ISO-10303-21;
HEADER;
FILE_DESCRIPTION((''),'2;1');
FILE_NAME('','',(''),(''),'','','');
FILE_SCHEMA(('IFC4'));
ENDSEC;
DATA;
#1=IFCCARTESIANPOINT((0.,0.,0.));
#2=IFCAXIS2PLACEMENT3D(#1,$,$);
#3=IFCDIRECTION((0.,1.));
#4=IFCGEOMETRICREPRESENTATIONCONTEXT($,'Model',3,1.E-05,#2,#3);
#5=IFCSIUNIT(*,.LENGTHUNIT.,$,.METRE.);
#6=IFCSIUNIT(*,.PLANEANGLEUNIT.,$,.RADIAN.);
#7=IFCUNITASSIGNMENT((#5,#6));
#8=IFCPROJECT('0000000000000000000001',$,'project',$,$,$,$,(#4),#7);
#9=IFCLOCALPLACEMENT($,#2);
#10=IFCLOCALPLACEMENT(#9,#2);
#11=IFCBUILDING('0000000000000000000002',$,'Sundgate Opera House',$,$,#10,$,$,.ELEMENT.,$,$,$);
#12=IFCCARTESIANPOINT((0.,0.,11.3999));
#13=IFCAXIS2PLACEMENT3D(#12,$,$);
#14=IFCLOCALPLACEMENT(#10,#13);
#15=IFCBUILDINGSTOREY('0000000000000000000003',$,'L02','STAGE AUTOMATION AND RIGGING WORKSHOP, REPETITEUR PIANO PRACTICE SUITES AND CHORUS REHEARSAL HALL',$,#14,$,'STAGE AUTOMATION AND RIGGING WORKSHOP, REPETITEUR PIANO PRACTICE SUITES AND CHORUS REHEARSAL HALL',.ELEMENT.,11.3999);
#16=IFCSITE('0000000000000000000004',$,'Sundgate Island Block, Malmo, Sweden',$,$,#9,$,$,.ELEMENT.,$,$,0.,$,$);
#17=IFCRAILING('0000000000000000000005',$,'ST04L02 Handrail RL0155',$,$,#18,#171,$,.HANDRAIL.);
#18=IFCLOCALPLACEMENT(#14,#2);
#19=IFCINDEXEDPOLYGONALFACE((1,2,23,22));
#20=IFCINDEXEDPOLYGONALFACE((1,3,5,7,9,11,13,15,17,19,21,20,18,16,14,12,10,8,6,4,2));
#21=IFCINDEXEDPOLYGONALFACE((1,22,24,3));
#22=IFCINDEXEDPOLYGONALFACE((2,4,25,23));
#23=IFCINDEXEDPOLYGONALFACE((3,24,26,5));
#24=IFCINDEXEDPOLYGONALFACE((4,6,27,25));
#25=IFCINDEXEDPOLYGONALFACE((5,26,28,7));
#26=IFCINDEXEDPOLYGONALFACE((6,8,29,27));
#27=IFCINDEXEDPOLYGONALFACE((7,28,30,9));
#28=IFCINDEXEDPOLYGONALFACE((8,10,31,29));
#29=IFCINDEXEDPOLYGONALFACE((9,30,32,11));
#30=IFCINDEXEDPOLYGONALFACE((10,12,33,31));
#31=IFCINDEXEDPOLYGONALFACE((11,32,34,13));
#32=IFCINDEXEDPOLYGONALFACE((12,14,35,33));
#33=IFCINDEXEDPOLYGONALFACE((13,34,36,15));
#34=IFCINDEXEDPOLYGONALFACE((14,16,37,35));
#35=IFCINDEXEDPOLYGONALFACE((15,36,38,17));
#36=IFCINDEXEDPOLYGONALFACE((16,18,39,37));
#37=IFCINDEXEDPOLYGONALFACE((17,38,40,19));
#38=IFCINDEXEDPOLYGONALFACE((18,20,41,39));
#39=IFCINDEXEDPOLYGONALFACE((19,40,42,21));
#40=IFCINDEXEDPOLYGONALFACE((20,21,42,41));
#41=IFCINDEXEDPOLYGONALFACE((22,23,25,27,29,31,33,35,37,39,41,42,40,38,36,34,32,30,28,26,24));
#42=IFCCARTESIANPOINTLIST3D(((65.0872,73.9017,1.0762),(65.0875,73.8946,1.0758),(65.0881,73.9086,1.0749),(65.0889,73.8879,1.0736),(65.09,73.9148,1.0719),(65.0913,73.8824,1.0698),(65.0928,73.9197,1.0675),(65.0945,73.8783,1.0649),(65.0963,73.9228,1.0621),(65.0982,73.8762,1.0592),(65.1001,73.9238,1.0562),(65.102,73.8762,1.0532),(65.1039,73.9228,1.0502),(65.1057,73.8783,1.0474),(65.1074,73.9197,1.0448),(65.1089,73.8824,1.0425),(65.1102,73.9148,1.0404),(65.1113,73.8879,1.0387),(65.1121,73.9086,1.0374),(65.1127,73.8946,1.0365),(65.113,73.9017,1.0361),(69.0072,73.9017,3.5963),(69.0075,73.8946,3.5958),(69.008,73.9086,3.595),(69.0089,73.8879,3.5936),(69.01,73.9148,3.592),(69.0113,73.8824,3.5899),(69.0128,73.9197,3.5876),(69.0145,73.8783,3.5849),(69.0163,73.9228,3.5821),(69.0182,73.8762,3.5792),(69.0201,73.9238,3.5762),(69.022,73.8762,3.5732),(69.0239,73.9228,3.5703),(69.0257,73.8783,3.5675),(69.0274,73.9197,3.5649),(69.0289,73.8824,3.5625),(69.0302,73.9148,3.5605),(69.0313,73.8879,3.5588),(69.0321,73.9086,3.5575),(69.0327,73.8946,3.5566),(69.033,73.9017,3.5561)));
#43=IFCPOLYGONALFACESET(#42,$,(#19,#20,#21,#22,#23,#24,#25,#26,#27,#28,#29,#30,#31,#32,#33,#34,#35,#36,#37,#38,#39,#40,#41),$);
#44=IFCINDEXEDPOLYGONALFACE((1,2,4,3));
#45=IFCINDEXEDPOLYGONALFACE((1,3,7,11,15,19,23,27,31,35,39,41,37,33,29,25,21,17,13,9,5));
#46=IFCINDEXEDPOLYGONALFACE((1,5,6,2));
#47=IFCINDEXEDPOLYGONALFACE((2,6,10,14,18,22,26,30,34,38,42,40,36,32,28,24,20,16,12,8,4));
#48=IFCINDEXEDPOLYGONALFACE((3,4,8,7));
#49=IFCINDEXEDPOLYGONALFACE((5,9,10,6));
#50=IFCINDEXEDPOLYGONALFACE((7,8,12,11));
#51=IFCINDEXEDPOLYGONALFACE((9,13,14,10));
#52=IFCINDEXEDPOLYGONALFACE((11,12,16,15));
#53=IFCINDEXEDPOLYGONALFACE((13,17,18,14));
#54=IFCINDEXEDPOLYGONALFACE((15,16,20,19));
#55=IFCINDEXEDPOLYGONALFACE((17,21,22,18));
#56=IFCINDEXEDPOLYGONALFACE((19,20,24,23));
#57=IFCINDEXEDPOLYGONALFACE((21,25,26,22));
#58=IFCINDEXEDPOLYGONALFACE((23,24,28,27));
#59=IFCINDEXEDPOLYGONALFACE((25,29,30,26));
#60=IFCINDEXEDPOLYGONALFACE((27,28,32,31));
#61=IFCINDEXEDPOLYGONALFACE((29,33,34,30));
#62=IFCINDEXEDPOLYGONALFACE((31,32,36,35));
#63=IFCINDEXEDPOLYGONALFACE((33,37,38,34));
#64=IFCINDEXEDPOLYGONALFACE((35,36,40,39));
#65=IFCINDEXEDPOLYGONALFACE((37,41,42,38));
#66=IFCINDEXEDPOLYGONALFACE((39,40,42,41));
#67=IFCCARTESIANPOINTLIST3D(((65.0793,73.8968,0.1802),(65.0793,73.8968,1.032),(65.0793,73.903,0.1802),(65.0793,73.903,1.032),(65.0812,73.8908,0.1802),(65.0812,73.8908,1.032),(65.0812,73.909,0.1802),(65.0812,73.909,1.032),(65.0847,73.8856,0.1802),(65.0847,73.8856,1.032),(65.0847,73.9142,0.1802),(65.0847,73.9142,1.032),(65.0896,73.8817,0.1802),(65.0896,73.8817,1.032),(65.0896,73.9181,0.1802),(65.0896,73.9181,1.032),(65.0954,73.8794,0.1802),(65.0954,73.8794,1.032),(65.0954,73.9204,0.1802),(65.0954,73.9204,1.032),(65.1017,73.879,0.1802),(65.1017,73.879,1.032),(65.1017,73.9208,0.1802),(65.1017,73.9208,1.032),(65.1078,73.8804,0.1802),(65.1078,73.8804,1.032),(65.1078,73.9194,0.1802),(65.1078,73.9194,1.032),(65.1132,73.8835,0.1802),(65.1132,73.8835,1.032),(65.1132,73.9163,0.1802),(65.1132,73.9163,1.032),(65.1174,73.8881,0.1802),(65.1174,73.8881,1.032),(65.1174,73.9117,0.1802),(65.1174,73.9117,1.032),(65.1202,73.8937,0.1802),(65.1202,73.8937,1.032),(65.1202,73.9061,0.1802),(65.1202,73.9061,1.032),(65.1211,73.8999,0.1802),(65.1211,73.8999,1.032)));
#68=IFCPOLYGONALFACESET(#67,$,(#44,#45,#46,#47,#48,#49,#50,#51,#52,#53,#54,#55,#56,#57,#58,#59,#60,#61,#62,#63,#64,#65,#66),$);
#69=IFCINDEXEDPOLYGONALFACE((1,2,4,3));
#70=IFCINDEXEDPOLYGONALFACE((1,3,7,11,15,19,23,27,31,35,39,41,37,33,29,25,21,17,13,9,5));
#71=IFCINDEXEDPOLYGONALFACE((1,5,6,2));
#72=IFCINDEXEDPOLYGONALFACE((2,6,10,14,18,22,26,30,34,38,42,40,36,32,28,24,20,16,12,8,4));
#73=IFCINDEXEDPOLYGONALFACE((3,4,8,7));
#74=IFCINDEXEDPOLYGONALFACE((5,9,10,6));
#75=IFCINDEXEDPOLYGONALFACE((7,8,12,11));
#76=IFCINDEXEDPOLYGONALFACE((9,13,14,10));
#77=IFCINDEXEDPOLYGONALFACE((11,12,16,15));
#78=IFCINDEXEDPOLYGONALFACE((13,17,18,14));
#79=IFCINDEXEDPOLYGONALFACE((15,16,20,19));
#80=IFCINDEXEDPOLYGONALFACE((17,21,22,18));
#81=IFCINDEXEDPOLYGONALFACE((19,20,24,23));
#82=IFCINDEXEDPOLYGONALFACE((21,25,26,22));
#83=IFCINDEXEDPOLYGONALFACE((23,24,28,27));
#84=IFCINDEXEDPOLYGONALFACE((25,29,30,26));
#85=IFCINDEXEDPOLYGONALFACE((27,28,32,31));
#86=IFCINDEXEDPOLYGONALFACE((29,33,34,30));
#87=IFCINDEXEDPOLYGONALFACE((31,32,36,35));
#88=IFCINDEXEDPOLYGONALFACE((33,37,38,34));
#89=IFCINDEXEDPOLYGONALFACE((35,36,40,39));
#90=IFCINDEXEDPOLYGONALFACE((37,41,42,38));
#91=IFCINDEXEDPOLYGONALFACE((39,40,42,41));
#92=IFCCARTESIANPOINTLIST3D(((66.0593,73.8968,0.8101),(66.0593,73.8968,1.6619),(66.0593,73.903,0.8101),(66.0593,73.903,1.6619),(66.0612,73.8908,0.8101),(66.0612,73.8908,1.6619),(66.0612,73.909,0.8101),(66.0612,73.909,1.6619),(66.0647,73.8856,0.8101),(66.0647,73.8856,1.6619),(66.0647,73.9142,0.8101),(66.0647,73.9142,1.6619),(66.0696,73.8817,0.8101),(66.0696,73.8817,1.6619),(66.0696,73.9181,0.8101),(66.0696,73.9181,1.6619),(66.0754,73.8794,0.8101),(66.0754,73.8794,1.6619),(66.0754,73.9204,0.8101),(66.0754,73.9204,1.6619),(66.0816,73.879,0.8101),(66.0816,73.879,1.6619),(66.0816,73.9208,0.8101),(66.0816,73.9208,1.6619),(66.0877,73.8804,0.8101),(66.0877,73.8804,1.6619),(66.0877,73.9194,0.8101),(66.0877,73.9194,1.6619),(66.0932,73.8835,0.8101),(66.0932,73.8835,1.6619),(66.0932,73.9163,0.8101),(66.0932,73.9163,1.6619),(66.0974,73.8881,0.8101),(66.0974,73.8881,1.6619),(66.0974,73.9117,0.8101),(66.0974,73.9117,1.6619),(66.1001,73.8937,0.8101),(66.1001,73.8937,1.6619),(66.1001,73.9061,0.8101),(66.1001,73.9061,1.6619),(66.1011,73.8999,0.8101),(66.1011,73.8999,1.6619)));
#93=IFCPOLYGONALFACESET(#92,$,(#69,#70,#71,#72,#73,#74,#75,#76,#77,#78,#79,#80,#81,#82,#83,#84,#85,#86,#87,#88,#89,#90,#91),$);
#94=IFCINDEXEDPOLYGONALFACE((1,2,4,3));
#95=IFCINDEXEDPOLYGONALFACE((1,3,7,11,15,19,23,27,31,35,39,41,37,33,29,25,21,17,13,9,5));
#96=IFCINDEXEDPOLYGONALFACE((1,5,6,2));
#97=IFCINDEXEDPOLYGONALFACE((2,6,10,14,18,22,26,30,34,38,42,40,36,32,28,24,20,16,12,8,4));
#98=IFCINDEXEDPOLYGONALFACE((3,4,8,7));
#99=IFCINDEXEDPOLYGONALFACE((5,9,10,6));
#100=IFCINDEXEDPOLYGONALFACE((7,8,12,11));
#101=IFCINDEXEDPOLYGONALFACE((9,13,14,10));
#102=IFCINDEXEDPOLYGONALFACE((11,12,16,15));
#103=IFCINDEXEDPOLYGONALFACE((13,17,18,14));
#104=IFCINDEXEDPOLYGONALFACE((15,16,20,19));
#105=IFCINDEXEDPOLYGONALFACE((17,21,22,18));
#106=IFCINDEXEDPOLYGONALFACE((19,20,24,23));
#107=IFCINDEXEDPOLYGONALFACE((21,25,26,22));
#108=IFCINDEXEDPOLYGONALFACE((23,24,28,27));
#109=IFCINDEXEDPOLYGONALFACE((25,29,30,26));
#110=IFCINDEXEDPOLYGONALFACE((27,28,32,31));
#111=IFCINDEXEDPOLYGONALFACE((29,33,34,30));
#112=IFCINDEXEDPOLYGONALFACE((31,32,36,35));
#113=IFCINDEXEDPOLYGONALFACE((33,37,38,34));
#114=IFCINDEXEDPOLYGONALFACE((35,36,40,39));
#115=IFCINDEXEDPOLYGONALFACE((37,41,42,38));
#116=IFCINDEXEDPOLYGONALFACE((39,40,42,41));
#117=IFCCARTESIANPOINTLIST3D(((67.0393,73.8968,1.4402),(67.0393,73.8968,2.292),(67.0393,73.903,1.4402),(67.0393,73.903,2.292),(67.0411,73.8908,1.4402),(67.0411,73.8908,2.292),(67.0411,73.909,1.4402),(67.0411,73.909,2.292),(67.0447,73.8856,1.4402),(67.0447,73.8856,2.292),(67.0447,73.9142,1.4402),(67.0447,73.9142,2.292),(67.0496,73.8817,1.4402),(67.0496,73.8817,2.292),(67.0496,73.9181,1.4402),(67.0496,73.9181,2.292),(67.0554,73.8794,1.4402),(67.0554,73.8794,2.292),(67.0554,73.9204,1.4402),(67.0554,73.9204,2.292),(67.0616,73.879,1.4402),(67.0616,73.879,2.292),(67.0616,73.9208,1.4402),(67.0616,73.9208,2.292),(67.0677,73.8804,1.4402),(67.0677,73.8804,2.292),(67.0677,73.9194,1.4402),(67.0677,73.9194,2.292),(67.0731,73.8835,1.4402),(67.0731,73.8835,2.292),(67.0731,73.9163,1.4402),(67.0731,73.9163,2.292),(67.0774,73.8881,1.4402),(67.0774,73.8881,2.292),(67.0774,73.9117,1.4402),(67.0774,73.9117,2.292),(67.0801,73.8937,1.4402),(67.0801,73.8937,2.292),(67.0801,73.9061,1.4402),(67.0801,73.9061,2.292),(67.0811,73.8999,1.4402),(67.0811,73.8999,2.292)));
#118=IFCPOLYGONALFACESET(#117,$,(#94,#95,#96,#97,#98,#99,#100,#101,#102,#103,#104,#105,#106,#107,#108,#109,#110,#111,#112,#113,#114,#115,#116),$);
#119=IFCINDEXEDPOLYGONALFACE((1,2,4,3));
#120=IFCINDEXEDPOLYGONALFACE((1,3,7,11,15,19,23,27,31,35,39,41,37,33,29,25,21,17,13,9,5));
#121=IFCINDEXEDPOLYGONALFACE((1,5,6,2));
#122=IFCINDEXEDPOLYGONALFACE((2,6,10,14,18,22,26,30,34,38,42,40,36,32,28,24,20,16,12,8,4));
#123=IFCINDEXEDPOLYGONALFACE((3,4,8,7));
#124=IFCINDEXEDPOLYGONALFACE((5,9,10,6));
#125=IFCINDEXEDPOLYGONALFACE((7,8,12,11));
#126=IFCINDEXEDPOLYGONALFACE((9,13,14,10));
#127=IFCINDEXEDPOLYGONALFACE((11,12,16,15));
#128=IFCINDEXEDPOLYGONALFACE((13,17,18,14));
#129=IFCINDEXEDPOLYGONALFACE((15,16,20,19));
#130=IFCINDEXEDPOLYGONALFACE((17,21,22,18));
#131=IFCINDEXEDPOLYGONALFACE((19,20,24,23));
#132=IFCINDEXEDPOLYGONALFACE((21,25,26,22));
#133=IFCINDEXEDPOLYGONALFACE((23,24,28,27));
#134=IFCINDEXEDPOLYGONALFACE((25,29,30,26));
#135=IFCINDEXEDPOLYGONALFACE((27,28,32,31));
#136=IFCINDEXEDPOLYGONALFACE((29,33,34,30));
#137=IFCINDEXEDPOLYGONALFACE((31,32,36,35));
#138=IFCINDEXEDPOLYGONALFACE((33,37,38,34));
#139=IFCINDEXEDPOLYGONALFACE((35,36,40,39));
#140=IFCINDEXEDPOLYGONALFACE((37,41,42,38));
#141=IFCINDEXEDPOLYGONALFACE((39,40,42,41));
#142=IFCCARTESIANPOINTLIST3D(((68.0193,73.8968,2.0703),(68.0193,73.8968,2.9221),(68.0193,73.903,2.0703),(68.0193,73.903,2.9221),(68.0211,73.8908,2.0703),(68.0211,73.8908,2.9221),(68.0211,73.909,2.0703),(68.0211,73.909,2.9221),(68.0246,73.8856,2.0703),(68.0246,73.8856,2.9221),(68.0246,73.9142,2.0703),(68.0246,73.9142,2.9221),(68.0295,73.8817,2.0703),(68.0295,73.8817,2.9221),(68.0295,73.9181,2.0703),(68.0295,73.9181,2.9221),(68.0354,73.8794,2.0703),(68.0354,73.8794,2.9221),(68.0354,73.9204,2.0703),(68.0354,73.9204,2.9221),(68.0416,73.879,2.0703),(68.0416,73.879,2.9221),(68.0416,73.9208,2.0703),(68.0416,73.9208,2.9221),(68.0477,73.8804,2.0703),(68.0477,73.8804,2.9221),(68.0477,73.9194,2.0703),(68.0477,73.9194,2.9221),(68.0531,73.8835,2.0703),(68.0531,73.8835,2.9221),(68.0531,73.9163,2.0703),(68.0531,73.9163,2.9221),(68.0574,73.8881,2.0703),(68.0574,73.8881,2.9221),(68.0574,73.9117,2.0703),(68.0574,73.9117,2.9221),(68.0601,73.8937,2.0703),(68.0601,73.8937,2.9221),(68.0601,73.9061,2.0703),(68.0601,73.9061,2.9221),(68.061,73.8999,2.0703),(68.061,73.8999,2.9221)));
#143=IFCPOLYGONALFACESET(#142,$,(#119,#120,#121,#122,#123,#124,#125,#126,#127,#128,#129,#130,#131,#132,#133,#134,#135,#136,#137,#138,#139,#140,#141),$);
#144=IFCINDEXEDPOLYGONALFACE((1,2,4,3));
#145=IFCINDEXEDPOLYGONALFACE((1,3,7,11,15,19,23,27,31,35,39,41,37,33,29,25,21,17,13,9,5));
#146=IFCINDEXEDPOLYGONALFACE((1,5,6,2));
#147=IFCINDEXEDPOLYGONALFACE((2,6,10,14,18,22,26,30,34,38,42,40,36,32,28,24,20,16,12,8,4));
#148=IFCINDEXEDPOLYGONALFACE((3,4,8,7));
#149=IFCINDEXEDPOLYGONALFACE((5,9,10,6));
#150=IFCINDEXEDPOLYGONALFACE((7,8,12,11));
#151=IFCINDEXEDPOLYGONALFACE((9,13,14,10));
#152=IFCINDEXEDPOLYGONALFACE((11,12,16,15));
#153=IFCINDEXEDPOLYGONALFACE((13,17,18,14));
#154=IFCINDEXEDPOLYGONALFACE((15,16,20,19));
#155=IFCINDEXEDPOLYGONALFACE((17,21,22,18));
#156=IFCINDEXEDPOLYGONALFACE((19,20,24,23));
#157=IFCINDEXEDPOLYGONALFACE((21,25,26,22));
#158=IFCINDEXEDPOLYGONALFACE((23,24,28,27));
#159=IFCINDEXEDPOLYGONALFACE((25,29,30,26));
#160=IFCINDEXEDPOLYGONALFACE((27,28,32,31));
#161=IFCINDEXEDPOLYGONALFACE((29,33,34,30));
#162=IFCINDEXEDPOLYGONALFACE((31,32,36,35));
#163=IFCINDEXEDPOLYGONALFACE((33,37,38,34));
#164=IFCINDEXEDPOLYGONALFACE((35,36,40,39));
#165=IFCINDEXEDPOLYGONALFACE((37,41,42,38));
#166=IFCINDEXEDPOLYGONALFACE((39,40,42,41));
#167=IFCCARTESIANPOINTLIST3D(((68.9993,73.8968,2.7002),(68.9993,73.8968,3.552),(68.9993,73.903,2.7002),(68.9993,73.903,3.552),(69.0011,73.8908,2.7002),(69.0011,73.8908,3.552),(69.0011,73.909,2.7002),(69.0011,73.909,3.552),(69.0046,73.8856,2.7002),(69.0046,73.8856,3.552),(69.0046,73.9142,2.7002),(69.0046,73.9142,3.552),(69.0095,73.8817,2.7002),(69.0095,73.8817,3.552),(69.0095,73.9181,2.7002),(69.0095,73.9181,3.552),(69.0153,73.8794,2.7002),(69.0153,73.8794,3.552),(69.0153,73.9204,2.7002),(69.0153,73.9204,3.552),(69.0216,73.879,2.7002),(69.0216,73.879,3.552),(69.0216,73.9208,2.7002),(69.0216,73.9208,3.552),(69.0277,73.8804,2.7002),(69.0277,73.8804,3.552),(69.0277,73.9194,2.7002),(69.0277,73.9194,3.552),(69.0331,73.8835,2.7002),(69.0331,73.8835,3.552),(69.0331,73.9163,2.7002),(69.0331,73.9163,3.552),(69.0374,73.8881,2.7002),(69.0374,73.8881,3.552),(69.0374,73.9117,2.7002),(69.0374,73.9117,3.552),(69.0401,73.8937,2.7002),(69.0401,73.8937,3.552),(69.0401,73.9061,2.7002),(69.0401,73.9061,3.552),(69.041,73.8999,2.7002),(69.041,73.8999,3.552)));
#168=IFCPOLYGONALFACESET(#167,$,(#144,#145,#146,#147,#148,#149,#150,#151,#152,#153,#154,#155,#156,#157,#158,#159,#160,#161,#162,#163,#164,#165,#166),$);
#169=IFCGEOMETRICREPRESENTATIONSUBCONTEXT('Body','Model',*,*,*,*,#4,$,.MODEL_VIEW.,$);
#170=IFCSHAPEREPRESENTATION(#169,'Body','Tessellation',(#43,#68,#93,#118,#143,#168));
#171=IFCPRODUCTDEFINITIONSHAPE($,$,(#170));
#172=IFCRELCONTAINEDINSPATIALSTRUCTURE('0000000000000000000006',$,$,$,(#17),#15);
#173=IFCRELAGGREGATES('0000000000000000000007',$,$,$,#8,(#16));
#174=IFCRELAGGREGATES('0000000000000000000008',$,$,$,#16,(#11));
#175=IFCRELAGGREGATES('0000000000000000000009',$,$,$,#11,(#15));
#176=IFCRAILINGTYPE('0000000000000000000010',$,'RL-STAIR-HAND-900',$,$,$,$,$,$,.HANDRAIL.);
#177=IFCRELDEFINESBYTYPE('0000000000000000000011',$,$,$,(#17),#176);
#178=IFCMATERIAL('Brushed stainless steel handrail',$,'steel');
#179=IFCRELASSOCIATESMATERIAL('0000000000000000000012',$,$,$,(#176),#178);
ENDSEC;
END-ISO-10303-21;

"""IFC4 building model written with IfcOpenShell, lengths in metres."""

from ifc_helpers import new_model, si_unit, direction, frame, origin, origin_2d, place, context, subcontext, project, spatial, circle, extrude, material, type_object, element, save


model = new_model("IFC4")

# Units and contexts
model_context = context("Model", 3, precision=1e-05, world=origin(), true_north=direction((0.0, 1.0)))
body_context = subcontext(model_context, "Body", "Model", "MODEL_VIEW")
ifc_project = project(units=[si_unit("LENGTHUNIT", "METRE"), si_unit("PLANEANGLEUNIT", "RADIAN")], contexts=[model_context])

# Site, building, storey
site_placement = place(None, origin())
site = spatial("IfcSite", under=ifc_project, at=site_placement, Name="Sundgate Island Block, Malmo, Sweden", CompositionType="ELEMENT", RefElevation=0.0)
building_placement = place(site_placement, origin())
building = spatial("IfcBuilding", under=site, at=building_placement, Name="Sundgate Opera House", CompositionType="ELEMENT")
storey_placement = place(building_placement, frame((0.0, 0.0, 11.3999)))
storey = spatial("IfcBuildingStorey", under=building, at=storey_placement, Name="L02", Description="STAGE AUTOMATION AND RIGGING WORKSHOP, REPETITEUR PIANO PRACTICE SUITES AND CHORUS REHEARSAL HALL", LongName="STAGE AUTOMATION AND RIGGING WORKSHOP, REPETITEUR PIANO PRACTICE SUITES AND CHORUS REHEARSAL HALL", CompositionType="ELEMENT", Elevation=11.3999)

# Railing
ifc_material_1 = material(Name="Brushed stainless steel handrail", Category="steel")
railing_type_1 = type_object("IfcRailingType", Name="RL-STAIR-HAND-900", PredefinedType="HANDRAIL", material=ifc_material_1)
railing_1_placement = place(storey_placement, frame((65.1001, 73.8999, 0.1802)))
element("IfcRailing", 1, at=railing_1_placement, inside=storey, type_object=railing_type_1, Name="ST04L02 Handrail RL0155", PredefinedType="HANDRAIL", context=body_context, shape_type="SweptSolid", body=[
    extrude(circle(Radius=0.0239, at=origin_2d()), frame((0.0, 0.0, 0.876), z_axis=(0.841172, 0.0, 0.540768), x_axis=(0.0, 1.0, 0.0)), (0.0, 0.0, 1.0), 4.6602),
    extrude(circle(Radius=0.021, at=origin_2d()), origin(), (0.0, 0.0, 1.0), 0.8518),
    extrude(circle(Radius=0.021, at=origin_2d()), frame((0.98, 0.0, 0.6299)), (0.0, 0.0, 1.0), 0.8518),
    extrude(circle(Radius=0.021, at=origin_2d()), frame((1.96, 0.0, 1.26)), (0.0, 0.0, 1.0), 0.8518),
    extrude(circle(Radius=0.021, at=origin_2d()), frame((2.9399, 0.0, 1.8901)), (0.0, 0.0, 1.0), 0.8518),
    extrude(circle(Radius=0.021, at=origin_2d()), frame((3.9199, 0.0, 2.52)), (0.0, 0.0, 1.0), 0.8518),
])

save(model, "model.ifc")
